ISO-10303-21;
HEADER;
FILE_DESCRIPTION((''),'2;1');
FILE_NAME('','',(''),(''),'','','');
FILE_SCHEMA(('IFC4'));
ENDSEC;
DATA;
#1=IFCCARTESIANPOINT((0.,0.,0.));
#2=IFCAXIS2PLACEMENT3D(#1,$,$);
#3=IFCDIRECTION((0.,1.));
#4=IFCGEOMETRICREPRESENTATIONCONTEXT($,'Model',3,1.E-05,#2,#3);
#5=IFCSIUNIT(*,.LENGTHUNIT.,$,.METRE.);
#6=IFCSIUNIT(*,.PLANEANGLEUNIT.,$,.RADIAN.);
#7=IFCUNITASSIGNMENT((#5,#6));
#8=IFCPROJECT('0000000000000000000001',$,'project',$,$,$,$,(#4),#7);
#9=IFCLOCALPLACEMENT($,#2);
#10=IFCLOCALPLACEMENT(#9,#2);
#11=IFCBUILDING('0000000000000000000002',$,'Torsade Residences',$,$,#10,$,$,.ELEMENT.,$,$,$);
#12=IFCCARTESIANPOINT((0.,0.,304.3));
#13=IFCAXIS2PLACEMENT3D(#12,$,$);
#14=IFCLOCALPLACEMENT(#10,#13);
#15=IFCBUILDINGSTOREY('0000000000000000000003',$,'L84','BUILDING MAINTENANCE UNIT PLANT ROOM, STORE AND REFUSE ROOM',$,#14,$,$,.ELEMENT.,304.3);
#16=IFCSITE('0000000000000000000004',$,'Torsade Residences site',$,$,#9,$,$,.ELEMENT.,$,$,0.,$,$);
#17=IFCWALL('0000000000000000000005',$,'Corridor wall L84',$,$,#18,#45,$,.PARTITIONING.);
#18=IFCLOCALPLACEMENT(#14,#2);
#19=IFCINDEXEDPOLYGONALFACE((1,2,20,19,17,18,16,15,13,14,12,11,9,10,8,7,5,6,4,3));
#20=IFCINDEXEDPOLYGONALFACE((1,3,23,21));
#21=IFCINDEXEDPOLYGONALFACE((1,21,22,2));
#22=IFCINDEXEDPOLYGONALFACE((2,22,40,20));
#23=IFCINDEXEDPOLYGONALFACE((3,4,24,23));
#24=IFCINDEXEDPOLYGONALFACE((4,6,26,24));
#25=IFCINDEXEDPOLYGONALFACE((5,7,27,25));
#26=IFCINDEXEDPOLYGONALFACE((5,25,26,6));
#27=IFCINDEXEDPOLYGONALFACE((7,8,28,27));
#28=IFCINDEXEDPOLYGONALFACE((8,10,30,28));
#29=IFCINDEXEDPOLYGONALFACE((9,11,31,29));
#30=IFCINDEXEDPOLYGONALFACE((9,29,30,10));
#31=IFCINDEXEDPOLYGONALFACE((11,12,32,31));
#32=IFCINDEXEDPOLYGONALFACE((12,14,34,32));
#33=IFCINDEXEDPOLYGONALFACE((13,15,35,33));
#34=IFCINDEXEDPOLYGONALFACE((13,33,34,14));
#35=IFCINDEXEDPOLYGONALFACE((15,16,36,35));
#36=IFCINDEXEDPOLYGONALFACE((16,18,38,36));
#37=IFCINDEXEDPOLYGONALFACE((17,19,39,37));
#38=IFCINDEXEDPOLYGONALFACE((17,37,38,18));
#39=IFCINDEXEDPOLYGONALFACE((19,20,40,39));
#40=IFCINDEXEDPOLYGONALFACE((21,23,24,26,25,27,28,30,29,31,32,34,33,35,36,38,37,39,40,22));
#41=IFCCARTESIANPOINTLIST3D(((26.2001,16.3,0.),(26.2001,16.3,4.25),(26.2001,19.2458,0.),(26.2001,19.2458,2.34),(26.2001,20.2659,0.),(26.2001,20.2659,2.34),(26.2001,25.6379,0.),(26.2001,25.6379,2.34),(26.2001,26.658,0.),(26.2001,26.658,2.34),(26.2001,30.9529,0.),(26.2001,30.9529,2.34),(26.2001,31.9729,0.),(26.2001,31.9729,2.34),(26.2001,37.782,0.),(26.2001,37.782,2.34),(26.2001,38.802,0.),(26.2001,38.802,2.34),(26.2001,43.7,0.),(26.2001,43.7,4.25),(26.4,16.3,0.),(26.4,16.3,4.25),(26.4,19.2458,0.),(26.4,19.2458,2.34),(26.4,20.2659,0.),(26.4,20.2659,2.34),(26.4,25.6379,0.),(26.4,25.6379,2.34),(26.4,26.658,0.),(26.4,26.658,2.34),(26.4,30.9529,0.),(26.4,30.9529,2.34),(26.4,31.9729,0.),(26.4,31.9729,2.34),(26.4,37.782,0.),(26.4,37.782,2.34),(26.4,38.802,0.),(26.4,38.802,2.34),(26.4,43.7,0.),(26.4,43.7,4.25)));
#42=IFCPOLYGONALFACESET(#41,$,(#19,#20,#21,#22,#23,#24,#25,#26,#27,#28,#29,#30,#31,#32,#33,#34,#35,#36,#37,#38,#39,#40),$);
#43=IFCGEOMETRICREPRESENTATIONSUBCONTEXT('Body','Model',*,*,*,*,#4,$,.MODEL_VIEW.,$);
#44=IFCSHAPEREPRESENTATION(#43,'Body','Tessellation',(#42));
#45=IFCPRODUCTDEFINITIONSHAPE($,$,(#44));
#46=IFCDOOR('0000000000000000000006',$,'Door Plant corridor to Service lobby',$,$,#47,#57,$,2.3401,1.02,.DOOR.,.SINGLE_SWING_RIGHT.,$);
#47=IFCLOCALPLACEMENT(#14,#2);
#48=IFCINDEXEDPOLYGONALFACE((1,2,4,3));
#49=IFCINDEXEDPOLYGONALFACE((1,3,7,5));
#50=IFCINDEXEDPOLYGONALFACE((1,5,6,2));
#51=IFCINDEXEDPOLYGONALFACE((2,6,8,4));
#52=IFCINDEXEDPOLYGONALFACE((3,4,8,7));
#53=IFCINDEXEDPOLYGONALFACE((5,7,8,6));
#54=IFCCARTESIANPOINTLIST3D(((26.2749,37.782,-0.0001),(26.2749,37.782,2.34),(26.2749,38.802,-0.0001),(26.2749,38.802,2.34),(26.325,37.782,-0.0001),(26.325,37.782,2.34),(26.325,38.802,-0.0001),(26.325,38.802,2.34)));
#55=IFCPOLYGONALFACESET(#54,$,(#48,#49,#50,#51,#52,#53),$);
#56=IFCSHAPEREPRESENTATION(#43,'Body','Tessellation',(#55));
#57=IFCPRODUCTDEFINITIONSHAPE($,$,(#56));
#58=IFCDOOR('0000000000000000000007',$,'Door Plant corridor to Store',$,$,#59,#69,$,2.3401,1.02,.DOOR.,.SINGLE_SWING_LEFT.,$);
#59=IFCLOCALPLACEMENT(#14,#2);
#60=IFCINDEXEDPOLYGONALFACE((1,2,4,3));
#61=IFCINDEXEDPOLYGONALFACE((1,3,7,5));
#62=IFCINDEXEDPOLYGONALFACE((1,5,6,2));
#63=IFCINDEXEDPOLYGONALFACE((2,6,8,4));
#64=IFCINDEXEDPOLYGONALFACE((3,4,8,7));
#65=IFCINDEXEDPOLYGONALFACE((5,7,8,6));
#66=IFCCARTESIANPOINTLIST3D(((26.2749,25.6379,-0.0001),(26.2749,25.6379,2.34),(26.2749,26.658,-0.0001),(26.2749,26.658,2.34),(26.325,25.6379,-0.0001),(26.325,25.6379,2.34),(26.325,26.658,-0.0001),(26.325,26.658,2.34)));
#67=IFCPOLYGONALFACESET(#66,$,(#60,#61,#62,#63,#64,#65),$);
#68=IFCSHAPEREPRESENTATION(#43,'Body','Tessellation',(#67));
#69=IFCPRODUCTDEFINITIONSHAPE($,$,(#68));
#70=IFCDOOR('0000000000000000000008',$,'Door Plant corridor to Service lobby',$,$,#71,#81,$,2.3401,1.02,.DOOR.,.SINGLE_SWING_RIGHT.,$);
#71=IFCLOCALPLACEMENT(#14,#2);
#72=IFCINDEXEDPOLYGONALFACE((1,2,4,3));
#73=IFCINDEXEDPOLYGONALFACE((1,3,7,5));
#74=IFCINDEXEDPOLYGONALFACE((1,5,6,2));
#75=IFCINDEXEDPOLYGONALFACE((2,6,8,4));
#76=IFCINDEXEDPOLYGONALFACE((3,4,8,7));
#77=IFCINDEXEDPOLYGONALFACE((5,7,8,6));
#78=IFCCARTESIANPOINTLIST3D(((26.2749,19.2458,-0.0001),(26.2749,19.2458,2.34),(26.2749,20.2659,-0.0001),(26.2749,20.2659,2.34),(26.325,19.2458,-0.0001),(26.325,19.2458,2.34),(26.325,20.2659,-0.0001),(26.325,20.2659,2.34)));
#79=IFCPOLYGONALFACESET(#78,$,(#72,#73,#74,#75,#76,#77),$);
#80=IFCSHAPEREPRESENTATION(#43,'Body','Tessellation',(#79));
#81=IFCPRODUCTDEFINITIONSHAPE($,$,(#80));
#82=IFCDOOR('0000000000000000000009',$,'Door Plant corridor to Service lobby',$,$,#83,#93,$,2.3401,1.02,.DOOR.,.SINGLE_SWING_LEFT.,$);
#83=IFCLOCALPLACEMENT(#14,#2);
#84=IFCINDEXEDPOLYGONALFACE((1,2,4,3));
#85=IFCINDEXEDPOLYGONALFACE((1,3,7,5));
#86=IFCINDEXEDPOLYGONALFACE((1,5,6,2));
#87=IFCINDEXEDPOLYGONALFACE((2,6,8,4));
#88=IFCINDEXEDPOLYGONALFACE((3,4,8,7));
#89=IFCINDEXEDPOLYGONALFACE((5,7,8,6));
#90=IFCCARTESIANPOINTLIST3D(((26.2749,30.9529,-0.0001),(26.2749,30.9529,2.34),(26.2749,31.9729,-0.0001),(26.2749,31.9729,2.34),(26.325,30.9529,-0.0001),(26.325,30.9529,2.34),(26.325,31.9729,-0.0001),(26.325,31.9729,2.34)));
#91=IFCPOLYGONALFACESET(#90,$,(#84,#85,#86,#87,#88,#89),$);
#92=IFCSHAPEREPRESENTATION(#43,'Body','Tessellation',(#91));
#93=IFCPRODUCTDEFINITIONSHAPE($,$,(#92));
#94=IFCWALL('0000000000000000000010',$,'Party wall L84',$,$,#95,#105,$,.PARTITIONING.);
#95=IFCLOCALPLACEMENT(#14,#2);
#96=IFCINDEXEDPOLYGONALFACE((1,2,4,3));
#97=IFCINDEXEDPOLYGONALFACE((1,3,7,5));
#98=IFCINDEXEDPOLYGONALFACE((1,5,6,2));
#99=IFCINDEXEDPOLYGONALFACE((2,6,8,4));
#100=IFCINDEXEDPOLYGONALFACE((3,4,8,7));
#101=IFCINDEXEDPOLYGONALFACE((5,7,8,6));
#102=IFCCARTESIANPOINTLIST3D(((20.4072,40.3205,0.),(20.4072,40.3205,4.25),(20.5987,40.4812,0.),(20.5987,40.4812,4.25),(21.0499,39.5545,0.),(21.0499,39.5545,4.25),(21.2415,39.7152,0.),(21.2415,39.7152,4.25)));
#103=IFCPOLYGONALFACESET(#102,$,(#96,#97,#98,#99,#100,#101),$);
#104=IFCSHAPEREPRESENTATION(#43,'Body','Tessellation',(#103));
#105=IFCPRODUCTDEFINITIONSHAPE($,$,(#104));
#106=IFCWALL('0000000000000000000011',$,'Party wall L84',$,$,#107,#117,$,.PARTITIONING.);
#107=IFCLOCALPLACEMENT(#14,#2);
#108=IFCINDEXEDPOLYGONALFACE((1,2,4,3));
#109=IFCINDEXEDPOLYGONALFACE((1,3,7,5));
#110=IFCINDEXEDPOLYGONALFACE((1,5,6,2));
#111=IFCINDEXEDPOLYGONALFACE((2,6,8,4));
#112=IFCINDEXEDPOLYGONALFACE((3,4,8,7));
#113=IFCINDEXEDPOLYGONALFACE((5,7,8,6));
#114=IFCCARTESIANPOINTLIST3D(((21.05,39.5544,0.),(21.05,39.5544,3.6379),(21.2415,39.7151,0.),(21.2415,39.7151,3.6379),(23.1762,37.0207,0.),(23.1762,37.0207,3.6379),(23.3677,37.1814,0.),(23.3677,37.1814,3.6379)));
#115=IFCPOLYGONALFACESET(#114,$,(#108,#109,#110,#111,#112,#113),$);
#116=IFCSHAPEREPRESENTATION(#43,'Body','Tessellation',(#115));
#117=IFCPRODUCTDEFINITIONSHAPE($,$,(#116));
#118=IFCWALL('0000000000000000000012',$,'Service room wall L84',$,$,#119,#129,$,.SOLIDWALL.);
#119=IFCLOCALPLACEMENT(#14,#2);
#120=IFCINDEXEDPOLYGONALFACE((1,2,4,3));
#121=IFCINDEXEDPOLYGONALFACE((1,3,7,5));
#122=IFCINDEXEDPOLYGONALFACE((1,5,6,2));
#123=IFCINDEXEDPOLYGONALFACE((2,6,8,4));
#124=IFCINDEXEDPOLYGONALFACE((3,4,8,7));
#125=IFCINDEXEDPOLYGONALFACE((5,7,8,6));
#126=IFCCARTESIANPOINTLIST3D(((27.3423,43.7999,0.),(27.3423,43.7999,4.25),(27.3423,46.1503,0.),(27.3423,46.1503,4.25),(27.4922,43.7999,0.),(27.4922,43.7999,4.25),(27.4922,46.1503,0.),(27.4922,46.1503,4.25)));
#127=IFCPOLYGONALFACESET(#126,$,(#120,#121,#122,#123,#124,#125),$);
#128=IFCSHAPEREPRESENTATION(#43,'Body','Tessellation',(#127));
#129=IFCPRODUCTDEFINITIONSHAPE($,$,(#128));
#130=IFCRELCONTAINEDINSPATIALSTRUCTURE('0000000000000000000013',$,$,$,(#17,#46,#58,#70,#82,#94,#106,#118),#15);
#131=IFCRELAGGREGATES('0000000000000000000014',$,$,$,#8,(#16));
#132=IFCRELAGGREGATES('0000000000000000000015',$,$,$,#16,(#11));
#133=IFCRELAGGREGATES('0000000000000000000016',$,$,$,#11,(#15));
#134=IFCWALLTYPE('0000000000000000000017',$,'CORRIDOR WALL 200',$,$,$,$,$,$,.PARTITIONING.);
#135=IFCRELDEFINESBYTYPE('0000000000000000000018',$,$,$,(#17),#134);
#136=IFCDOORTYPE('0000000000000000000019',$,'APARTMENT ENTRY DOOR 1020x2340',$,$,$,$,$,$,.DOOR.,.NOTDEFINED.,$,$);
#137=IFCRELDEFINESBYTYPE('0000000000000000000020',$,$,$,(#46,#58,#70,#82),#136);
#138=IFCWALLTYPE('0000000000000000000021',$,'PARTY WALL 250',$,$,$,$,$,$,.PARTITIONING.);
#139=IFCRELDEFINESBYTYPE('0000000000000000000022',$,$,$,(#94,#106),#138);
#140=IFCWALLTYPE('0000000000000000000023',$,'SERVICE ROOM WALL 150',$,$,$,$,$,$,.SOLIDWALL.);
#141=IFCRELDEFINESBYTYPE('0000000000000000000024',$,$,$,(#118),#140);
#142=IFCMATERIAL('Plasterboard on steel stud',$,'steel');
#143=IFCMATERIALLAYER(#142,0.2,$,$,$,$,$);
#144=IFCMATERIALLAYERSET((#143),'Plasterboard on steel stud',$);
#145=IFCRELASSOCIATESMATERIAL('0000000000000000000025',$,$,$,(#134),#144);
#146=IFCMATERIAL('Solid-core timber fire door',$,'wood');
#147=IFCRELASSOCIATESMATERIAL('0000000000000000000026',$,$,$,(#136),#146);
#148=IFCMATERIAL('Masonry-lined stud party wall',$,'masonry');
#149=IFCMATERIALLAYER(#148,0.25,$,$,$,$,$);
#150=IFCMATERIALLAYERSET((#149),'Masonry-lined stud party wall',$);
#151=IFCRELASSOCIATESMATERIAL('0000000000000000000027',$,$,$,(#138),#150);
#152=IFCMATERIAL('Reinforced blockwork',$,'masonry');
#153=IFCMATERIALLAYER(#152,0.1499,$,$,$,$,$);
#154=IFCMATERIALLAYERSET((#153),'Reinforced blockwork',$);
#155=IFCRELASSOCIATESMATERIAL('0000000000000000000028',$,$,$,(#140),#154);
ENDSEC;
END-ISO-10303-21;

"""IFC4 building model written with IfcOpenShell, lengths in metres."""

from ifc_helpers import new_model, si_unit, direction, frame, frame_2d, origin, place, context, subcontext, project, spatial, rectangle, extrude, material, layer, layer_set, type_object, element, fill, save


model = new_model("IFC4")

# Units and contexts
model_context = context("Model", 3, precision=1e-05, world=origin(), true_north=direction((0.0, 1.0)))
body_context = subcontext(model_context, "Body", "Model", "MODEL_VIEW")
ifc_project = project(units=[si_unit("LENGTHUNIT", "METRE"), si_unit("PLANEANGLEUNIT", "RADIAN")], contexts=[model_context])

# Site, building, storey
site_placement = place(None, origin())
site = spatial("IfcSite", under=ifc_project, at=site_placement, Name="Torsade Residences site", CompositionType="ELEMENT", RefElevation=0.0)
building_placement = place(site_placement, origin())
building = spatial("IfcBuilding", under=site, at=building_placement, Name="Torsade Residences", CompositionType="ELEMENT")
storey_placement = place(building_placement, frame((0.0, 0.0, 304.3)))
storey = spatial("IfcBuildingStorey", under=building, at=storey_placement, Name="L84", Description="BUILDING MAINTENANCE UNIT PLANT ROOM, STORE AND REFUSE ROOM", CompositionType="ELEMENT", Elevation=304.3)

# Wall, openings, doors
ifc_material_1 = material(Name="Plasterboard on steel stud", Category="steel")
ifc_layer_1 = layer(ifc_material_1, 0.2)
ifc_layer_set_1 = layer_set([ifc_layer_1], Name="Plasterboard on steel stud")
wall_type_1 = type_object("IfcWallType", Name="CORRIDOR WALL 200", PredefinedType="PARTITIONING", material=ifc_layer_set_1)
wall_1_placement = place(storey_placement, frame((26.3, 43.7, 0.0), z_axis=(0.0, 0.0, 1.0), x_axis=(0.0, -1.0, 0.0)))
wall_1 = element("IfcWall", 1, at=wall_1_placement, inside=storey, type_object=wall_type_1, Name="Corridor wall L84", PredefinedType="PARTITIONING", context=body_context, shape_type="SweptSolid", body=[
    extrude(rectangle(XDim=27.3999, YDim=0.2, at=frame_2d((13.7, 0.0))), origin(), (0.0, 0.0, 1.0), 4.25),
])
opening_1_placement = place(wall_1_placement, frame((4.8979, 0.0, 0.0)))
opening_1 = element("IfcOpeningElement", 2, at=opening_1_placement, cuts=wall_1, PredefinedType="OPENING", context=body_context, shape_type="SweptSolid", body=[
    extrude(rectangle(XDim=1.02, YDim=2.3401, at=frame_2d((0.51, 1.1699))), frame((0.0, 0.1099, 0.0), z_axis=(0.0, -1.0, 0.0), x_axis=(1.0, 0.0, 0.0)), (0.0, 0.0, 1.0), 0.22),
])
opening_2_placement = place(wall_1_placement, frame((17.042, 0.0, 0.0)))
opening_2 = element("IfcOpeningElement", 3, at=opening_2_placement, cuts=wall_1, PredefinedType="OPENING", context=body_context, shape_type="SweptSolid", body=[
    extrude(rectangle(XDim=1.02, YDim=2.3401, at=frame_2d((0.51, 1.1699))), frame((0.0, 0.1099, 0.0), z_axis=(0.0, -1.0, 0.0), x_axis=(1.0, 0.0, 0.0)), (0.0, 0.0, 1.0), 0.22),
])
opening_3_placement = place(wall_1_placement, frame((23.4341, 0.0, 0.0)))
opening_3 = element("IfcOpeningElement", 4, at=opening_3_placement, cuts=wall_1, PredefinedType="OPENING", context=body_context, shape_type="SweptSolid", body=[
    extrude(rectangle(XDim=1.02, YDim=2.3401, at=frame_2d((0.51, 1.1699))), frame((0.0, 0.1099, 0.0), z_axis=(0.0, -1.0, 0.0), x_axis=(1.0, 0.0, 0.0)), (0.0, 0.0, 1.0), 0.22),
])
opening_4_placement = place(wall_1_placement, frame((11.7271, 0.0, 0.0)))
opening_4 = element("IfcOpeningElement", 5, at=opening_4_placement, cuts=wall_1, PredefinedType="OPENING", context=body_context, shape_type="SweptSolid", body=[
    extrude(rectangle(XDim=1.02, YDim=2.3401, at=frame_2d((0.51, 1.1699))), frame((0.0, 0.1099, 0.0), z_axis=(0.0, -1.0, 0.0), x_axis=(1.0, 0.0, 0.0)), (0.0, 0.0, 1.0), 0.22),
])
ifc_material_2 = material(Name="Solid-core timber fire door", Category="wood")
door_type = type_object("IfcDoorType", Name="APARTMENT ENTRY DOOR 1020x2340", OperationType="NOTDEFINED", PredefinedType="DOOR", material=ifc_material_2)
door_1_placement = place(opening_1_placement, origin())
door_1 = element("IfcDoor", 6, at=door_1_placement, inside=storey, type_object=door_type, Name="Door Plant corridor to Service lobby", OperationType="SINGLE_SWING_RIGHT", OverallHeight=2.3401, OverallWidth=1.02, PredefinedType="DOOR", context=body_context, shape_type="SweptSolid", body=[
    extrude(rectangle(XDim=1.02, YDim=2.3401, at=frame_2d((0.51, 1.1699))), frame((0.0, 0.0249, 0.0), z_axis=(0.0, -1.0, 0.0), x_axis=(1.0, 0.0, 0.0)), (0.0, 0.0, 1.0), 0.05),
])
fill(opening_1, door_1)
door_2_placement = place(opening_2_placement, origin())
door_2 = element("IfcDoor", 7, at=door_2_placement, inside=storey, type_object=door_type, Name="Door Plant corridor to Store", OperationType="SINGLE_SWING_LEFT", OverallHeight=2.3401, OverallWidth=1.02, PredefinedType="DOOR", context=body_context, shape_type="SweptSolid", body=[
    extrude(rectangle(XDim=1.02, YDim=2.3401, at=frame_2d((0.51, 1.1699))), frame((0.0, 0.0249, 0.0), z_axis=(0.0, -1.0, 0.0), x_axis=(1.0, 0.0, 0.0)), (0.0, 0.0, 1.0), 0.05),
])
fill(opening_2, door_2)
door_3_placement = place(opening_3_placement, origin())
door_3 = element("IfcDoor", 8, at=door_3_placement, inside=storey, type_object=door_type, Name="Door Plant corridor to Service lobby", OperationType="SINGLE_SWING_RIGHT", OverallHeight=2.3401, OverallWidth=1.02, PredefinedType="DOOR", context=body_context, shape_type="SweptSolid", body=[
    extrude(rectangle(XDim=1.02, YDim=2.3401, at=frame_2d((0.51, 1.1699))), frame((0.0, 0.0249, 0.0), z_axis=(0.0, -1.0, 0.0), x_axis=(1.0, 0.0, 0.0)), (0.0, 0.0, 1.0), 0.05),
])
fill(opening_3, door_3)
door_4_placement = place(opening_4_placement, origin())
door_4 = element("IfcDoor", 9, at=door_4_placement, inside=storey, type_object=door_type, Name="Door Plant corridor to Service lobby", OperationType="SINGLE_SWING_LEFT", OverallHeight=2.3401, OverallWidth=1.02, PredefinedType="DOOR", context=body_context, shape_type="SweptSolid", body=[
    extrude(rectangle(XDim=1.02, YDim=2.3401, at=frame_2d((0.51, 1.1699))), frame((0.0, 0.0249, 0.0), z_axis=(0.0, -1.0, 0.0), x_axis=(1.0, 0.0, 0.0)), (0.0, 0.0, 1.0), 0.05),
])
fill(opening_4, door_4)

# Walls
ifc_material_3 = material(Name="Masonry-lined stud party wall", Category="masonry")
ifc_layer_2 = layer(ifc_material_3, 0.25)
ifc_layer_set_2 = layer_set([ifc_layer_2], Name="Masonry-lined stud party wall")
wall_type_2 = type_object("IfcWallType", Name="PARTY WALL 250", PredefinedType="PARTITIONING", material=ifc_layer_set_2)
wall_2_placement = place(storey_placement, frame((20.5029, 40.4009, 0.0), z_axis=(0.0, 0.0, 1.0), x_axis=(0.642774, -0.766056, 0.0)))
element("IfcWall", 10, at=wall_2_placement, inside=storey, type_object=wall_type_2, Name="Party wall L84", PredefinedType="PARTITIONING", context=body_context, shape_type="SweptSolid", body=[
    extrude(rectangle(XDim=1.0, YDim=0.25, at=frame_2d((0.5, 0.0))), origin(), (0.0, 0.0, 1.0), 4.25),
])
wall_3_placement = place(storey_placement, frame((21.1458, 39.6348, 0.0), z_axis=(0.0, 0.0, 1.0), x_axis=(0.642823, -0.766014, 0.0)))
element("IfcWall", 11, at=wall_3_placement, inside=storey, type_object=wall_type_2, Name="Party wall L84", PredefinedType="PARTITIONING", context=body_context, shape_type="SweptSolid", body=[
    extrude(rectangle(XDim=3.3076, YDim=0.25, at=frame_2d((1.6538, 0.0))), origin(), (0.0, 0.0, 1.0), 3.6379),
])
ifc_material_4 = material(Name="Reinforced blockwork", Category="masonry")
ifc_layer_3 = layer(ifc_material_4, 0.1499)
ifc_layer_set_3 = layer_set([ifc_layer_3], Name="Reinforced blockwork")
wall_type_3 = type_object("IfcWallType", Name="SERVICE ROOM WALL 150", PredefinedType="SOLIDWALL", material=ifc_layer_set_3)
wall_4_placement = place(storey_placement, frame((27.4172, 46.1504, 0.0), z_axis=(0.0, 0.0, 1.0), x_axis=(0.0, -1.0, 0.0)))
element("IfcWall", 12, at=wall_4_placement, inside=storey, type_object=wall_type_3, Name="Service room wall L84", PredefinedType="SOLIDWALL", context=body_context, shape_type="SweptSolid", body=[
    extrude(rectangle(XDim=2.3503, YDim=0.1499, at=frame_2d((1.1753, 0.0))), origin(), (0.0, 0.0, 1.0), 4.25),
])

save(model, "model.ifc")
